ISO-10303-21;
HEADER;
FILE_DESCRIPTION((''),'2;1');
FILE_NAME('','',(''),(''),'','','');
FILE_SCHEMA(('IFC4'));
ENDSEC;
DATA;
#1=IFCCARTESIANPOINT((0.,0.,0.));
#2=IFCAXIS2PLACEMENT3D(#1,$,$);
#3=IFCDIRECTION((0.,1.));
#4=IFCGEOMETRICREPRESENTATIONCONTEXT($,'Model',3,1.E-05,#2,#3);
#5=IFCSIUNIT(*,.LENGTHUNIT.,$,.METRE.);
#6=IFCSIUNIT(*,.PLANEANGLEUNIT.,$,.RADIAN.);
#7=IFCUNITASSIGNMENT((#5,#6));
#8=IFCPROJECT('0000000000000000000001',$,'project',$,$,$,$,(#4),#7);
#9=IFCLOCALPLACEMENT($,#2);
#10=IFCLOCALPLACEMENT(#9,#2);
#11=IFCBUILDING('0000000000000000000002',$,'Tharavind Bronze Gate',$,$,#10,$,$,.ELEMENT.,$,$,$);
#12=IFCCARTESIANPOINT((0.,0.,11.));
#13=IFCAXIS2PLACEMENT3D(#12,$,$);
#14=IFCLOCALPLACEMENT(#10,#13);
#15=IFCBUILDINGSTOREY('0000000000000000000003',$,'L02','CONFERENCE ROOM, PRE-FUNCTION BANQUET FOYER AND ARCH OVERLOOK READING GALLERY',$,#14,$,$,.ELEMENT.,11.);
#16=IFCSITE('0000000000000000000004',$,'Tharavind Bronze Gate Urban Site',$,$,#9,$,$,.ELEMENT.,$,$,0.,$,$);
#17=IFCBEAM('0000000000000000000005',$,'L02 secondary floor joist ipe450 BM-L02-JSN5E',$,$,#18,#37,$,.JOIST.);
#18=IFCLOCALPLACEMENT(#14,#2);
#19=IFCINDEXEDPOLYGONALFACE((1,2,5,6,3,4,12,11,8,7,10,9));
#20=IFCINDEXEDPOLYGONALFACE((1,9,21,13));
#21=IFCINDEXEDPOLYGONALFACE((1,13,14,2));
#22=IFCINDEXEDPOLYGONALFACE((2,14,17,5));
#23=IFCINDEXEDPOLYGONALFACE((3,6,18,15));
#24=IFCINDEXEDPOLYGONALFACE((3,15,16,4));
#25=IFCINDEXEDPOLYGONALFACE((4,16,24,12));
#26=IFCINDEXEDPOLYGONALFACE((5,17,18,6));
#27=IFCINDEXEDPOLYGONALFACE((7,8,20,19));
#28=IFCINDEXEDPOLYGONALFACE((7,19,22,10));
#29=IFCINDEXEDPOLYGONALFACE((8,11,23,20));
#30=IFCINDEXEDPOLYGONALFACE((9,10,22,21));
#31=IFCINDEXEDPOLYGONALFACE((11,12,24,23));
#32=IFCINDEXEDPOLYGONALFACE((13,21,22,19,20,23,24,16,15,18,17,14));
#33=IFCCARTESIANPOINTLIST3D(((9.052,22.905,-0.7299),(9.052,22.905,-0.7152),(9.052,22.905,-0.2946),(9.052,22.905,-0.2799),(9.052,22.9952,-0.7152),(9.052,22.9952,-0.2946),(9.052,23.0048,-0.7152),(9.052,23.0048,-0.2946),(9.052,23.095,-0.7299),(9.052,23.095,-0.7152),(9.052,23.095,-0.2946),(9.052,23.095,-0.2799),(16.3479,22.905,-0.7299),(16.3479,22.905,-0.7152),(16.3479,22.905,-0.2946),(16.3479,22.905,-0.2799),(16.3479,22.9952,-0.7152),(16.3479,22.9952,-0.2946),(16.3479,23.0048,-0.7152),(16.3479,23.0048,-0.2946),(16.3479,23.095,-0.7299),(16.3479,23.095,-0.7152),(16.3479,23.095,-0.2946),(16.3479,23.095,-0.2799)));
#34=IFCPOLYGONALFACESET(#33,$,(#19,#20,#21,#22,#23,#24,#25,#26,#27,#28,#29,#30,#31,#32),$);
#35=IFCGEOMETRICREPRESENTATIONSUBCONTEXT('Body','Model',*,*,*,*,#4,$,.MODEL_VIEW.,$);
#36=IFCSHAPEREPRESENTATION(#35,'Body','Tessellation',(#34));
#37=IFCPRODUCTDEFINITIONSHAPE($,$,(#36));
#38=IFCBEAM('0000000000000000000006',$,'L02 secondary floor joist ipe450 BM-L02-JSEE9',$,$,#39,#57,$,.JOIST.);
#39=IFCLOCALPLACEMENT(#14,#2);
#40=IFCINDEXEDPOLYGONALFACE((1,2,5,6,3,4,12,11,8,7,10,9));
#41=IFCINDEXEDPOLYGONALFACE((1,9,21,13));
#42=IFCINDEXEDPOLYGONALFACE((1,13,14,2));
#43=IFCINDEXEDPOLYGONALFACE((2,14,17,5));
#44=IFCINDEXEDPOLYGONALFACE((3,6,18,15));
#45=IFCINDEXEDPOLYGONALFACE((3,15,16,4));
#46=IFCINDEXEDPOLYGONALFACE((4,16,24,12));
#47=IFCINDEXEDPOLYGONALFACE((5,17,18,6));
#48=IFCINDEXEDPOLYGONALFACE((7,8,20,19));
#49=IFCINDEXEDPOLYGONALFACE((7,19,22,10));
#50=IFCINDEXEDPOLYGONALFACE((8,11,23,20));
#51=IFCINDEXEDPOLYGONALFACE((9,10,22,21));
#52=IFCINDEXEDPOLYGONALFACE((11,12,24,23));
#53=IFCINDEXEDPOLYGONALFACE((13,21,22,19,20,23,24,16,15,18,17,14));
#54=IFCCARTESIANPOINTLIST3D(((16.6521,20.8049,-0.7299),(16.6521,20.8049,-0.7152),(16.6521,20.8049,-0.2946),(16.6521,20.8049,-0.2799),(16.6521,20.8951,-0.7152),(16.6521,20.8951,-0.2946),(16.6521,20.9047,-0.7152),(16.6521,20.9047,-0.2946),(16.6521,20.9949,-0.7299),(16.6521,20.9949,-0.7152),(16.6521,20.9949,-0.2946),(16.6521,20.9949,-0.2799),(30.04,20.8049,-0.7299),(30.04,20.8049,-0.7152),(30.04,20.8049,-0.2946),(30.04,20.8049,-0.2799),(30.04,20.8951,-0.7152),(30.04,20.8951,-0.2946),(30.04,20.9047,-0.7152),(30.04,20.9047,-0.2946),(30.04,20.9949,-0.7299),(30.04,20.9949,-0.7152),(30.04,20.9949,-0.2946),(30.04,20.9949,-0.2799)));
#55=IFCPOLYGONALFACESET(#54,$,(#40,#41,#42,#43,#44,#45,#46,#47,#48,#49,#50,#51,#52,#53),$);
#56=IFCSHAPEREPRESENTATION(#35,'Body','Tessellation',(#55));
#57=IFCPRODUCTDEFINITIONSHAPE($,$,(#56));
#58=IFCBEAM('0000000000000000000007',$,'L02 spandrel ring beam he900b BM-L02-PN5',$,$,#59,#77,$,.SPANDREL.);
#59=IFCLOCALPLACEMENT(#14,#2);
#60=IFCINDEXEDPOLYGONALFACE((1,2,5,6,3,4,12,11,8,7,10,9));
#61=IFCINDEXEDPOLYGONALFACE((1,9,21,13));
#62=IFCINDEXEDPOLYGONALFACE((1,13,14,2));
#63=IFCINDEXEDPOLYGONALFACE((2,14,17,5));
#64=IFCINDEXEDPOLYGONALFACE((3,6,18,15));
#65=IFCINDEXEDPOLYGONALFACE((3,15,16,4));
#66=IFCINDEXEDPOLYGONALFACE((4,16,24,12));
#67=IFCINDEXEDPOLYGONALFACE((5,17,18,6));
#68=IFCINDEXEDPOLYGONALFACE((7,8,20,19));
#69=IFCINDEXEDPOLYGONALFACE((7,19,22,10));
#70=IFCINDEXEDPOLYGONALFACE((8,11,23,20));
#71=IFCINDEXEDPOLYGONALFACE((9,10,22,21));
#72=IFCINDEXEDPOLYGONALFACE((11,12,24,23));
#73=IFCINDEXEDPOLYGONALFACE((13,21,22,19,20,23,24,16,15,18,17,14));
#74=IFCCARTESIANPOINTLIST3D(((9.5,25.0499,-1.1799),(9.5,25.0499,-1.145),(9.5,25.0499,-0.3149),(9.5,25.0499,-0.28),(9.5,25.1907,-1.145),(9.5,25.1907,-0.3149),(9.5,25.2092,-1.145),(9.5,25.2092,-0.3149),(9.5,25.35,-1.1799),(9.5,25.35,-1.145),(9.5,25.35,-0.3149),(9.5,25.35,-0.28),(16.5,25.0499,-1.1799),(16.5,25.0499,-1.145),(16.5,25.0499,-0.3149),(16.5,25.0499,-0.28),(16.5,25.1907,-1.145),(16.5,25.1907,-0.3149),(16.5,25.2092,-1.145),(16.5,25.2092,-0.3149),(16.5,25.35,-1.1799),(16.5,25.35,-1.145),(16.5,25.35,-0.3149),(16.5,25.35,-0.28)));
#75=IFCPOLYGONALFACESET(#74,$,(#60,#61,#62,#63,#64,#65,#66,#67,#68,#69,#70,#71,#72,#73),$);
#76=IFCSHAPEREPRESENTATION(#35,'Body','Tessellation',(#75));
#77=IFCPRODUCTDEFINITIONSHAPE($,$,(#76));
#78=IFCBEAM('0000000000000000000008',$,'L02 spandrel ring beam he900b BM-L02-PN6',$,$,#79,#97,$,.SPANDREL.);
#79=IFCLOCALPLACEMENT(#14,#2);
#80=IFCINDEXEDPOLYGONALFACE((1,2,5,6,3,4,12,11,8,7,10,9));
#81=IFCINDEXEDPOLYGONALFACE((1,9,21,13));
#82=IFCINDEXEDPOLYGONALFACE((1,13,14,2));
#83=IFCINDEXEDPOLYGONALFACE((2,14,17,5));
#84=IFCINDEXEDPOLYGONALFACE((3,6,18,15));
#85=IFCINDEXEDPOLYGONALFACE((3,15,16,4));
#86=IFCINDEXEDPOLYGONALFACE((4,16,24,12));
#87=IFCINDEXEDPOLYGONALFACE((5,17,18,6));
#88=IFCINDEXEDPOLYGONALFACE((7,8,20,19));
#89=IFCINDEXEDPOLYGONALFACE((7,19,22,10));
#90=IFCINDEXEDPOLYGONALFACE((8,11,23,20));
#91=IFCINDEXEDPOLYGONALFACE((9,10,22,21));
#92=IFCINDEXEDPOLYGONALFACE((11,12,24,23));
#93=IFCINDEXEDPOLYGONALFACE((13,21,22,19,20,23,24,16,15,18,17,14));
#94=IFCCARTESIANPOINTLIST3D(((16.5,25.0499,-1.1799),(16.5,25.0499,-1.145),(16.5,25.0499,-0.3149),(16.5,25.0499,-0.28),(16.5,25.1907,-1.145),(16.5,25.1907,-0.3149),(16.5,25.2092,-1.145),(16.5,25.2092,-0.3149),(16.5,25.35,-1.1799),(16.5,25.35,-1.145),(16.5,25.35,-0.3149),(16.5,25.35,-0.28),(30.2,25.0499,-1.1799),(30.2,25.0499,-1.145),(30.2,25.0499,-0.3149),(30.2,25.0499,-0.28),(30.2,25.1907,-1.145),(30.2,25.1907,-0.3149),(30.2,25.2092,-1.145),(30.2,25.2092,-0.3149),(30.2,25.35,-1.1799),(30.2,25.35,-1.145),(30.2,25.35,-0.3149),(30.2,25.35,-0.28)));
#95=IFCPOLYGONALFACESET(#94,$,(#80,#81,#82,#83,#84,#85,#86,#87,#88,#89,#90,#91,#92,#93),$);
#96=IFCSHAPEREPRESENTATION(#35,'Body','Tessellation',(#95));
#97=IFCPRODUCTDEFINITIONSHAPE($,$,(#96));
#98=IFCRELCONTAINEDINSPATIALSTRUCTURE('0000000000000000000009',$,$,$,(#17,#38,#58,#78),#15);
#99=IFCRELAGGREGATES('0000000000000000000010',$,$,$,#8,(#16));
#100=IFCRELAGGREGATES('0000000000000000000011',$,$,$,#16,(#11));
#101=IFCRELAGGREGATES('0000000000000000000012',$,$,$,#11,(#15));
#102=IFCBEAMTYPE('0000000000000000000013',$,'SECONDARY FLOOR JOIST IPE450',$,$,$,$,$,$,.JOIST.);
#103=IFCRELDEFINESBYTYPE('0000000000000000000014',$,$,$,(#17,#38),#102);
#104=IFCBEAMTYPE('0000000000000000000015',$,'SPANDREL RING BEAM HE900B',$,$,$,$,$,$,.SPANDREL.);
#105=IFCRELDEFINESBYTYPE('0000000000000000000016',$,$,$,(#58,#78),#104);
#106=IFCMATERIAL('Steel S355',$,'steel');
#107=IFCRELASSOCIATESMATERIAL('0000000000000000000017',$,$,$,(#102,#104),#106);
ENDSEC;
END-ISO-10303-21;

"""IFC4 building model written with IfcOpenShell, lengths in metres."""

from ifc_helpers import new_model, si_unit, direction, frame, origin, origin_2d, place, context, subcontext, project, spatial, i_section, extrude, material, material_profile, profile_set, type_object, element, save


model = new_model("IFC4")

# Units and contexts
model_context = context("Model", 3, precision=1e-05, world=origin(), true_north=direction((0.0, 1.0)))
body_context = subcontext(model_context, "Body", "Model", "MODEL_VIEW")
ifc_project = project(units=[si_unit("LENGTHUNIT", "METRE"), si_unit("PLANEANGLEUNIT", "RADIAN")], contexts=[model_context])

# Site, building, storey
site_placement = place(None, origin())
site = spatial("IfcSite", under=ifc_project, at=site_placement, Name="Tharavind Bronze Gate Urban Site", CompositionType="ELEMENT", RefElevation=0.0)
building_placement = place(site_placement, origin())
building = spatial("IfcBuilding", under=site, at=building_placement, Name="Tharavind Bronze Gate", CompositionType="ELEMENT")
storey_placement = place(building_placement, frame((0.0, 0.0, 11.0)))
storey = spatial("IfcBuildingStorey", under=building, at=storey_placement, Name="L02", Description="CONFERENCE ROOM, PRE-FUNCTION BANQUET FOYER AND ARCH OVERLOOK READING GALLERY", CompositionType="ELEMENT", Elevation=11.0)

# Beams
ifc_material_1 = material(Name="Steel S355", Category="steel")
ifc_material_profile_1 = material_profile(ifc_material_1, i_section(OverallWidth=0.1899, OverallDepth=0.45, WebThickness=0.0095, FlangeThickness=0.0146, at=origin_2d()), Name="IPE450")
ifc_profile_set_1 = profile_set([ifc_material_profile_1], Name="Steel S355")
beam_type_1 = type_object("IfcBeamType", Name="SECONDARY FLOOR JOIST IPE450", PredefinedType="JOIST", material=ifc_profile_set_1)
for number, where, z_axis, x_axis, name in (
    (1, (9.052, 23.0, -0.5049), (1.0, 0.0, 0.0), (0.0, 1.0, 0.0), "L02 secondary floor joist ipe450 BM-L02-JSN5E"),
):
    element("IfcBeam", number, at=place(storey_placement, frame(where, z_axis=z_axis, x_axis=x_axis)), inside=storey, type_object=beam_type_1, Name=name, PredefinedType="JOIST", context=body_context, shape_type="SweptSolid", body=[
        extrude(i_section(OverallWidth=0.1899, OverallDepth=0.45, WebThickness=0.0095, FlangeThickness=0.0146, at=origin_2d()), origin(), (0.0, 0.0, 1.0), 7.2959),
    ])
beam_1_placement = place(storey_placement, frame((16.6521, 20.8999, -0.5049), z_axis=(1.0, 0.0, 0.0), x_axis=(0.0, 1.0, 0.0)))
element("IfcBeam", 2, at=beam_1_placement, inside=storey, type_object=beam_type_1, Name="L02 secondary floor joist ipe450 BM-L02-JSEE9", PredefinedType="JOIST", context=body_context, shape_type="SweptSolid", body=[
    extrude(i_section(OverallWidth=0.1899, OverallDepth=0.45, WebThickness=0.0095, FlangeThickness=0.0146, at=origin_2d()), origin(), (0.0, 0.0, 1.0), 13.3879),
])
ifc_material_profile_2 = material_profile(ifc_material_1, i_section(OverallWidth=0.3, OverallDepth=0.8999, WebThickness=0.0186, FlangeThickness=0.0349, at=origin_2d()), Name="HE900B")
ifc_profile_set_2 = profile_set([ifc_material_profile_2], Name="Steel S355")
beam_type_2 = type_object("IfcBeamType", Name="SPANDREL RING BEAM HE900B", PredefinedType="SPANDREL", material=ifc_profile_set_2)
beam_2_placement = place(storey_placement, frame((9.5, 25.2, -0.73), z_axis=(1.0, 0.0, 0.0), x_axis=(0.0, 1.0, 0.0)))
element("IfcBeam", 3, at=beam_2_placement, inside=storey, type_object=beam_type_2, Name="L02 spandrel ring beam he900b BM-L02-PN5", PredefinedType="SPANDREL", context=body_context, shape_type="SweptSolid", body=[
    extrude(i_section(OverallWidth=0.3, OverallDepth=0.8999, WebThickness=0.0186, FlangeThickness=0.0349, at=origin_2d()), origin(), (0.0, 0.0, 1.0), 7.0),
])
beam_3_placement = place(storey_placement, frame((16.5, 25.2, -0.73), z_axis=(1.0, 0.0, 0.0), x_axis=(0.0, 1.0, 0.0)))
element("IfcBeam", 4, at=beam_3_placement, inside=storey, type_object=beam_type_2, Name="L02 spandrel ring beam he900b BM-L02-PN6", PredefinedType="SPANDREL", context=body_context, shape_type="SweptSolid", body=[
    extrude(i_section(OverallWidth=0.3, OverallDepth=0.8999, WebThickness=0.0186, FlangeThickness=0.0349, at=origin_2d()), origin(), (0.0, 0.0, 1.0), 13.7),
])

save(model, "model.ifc")
